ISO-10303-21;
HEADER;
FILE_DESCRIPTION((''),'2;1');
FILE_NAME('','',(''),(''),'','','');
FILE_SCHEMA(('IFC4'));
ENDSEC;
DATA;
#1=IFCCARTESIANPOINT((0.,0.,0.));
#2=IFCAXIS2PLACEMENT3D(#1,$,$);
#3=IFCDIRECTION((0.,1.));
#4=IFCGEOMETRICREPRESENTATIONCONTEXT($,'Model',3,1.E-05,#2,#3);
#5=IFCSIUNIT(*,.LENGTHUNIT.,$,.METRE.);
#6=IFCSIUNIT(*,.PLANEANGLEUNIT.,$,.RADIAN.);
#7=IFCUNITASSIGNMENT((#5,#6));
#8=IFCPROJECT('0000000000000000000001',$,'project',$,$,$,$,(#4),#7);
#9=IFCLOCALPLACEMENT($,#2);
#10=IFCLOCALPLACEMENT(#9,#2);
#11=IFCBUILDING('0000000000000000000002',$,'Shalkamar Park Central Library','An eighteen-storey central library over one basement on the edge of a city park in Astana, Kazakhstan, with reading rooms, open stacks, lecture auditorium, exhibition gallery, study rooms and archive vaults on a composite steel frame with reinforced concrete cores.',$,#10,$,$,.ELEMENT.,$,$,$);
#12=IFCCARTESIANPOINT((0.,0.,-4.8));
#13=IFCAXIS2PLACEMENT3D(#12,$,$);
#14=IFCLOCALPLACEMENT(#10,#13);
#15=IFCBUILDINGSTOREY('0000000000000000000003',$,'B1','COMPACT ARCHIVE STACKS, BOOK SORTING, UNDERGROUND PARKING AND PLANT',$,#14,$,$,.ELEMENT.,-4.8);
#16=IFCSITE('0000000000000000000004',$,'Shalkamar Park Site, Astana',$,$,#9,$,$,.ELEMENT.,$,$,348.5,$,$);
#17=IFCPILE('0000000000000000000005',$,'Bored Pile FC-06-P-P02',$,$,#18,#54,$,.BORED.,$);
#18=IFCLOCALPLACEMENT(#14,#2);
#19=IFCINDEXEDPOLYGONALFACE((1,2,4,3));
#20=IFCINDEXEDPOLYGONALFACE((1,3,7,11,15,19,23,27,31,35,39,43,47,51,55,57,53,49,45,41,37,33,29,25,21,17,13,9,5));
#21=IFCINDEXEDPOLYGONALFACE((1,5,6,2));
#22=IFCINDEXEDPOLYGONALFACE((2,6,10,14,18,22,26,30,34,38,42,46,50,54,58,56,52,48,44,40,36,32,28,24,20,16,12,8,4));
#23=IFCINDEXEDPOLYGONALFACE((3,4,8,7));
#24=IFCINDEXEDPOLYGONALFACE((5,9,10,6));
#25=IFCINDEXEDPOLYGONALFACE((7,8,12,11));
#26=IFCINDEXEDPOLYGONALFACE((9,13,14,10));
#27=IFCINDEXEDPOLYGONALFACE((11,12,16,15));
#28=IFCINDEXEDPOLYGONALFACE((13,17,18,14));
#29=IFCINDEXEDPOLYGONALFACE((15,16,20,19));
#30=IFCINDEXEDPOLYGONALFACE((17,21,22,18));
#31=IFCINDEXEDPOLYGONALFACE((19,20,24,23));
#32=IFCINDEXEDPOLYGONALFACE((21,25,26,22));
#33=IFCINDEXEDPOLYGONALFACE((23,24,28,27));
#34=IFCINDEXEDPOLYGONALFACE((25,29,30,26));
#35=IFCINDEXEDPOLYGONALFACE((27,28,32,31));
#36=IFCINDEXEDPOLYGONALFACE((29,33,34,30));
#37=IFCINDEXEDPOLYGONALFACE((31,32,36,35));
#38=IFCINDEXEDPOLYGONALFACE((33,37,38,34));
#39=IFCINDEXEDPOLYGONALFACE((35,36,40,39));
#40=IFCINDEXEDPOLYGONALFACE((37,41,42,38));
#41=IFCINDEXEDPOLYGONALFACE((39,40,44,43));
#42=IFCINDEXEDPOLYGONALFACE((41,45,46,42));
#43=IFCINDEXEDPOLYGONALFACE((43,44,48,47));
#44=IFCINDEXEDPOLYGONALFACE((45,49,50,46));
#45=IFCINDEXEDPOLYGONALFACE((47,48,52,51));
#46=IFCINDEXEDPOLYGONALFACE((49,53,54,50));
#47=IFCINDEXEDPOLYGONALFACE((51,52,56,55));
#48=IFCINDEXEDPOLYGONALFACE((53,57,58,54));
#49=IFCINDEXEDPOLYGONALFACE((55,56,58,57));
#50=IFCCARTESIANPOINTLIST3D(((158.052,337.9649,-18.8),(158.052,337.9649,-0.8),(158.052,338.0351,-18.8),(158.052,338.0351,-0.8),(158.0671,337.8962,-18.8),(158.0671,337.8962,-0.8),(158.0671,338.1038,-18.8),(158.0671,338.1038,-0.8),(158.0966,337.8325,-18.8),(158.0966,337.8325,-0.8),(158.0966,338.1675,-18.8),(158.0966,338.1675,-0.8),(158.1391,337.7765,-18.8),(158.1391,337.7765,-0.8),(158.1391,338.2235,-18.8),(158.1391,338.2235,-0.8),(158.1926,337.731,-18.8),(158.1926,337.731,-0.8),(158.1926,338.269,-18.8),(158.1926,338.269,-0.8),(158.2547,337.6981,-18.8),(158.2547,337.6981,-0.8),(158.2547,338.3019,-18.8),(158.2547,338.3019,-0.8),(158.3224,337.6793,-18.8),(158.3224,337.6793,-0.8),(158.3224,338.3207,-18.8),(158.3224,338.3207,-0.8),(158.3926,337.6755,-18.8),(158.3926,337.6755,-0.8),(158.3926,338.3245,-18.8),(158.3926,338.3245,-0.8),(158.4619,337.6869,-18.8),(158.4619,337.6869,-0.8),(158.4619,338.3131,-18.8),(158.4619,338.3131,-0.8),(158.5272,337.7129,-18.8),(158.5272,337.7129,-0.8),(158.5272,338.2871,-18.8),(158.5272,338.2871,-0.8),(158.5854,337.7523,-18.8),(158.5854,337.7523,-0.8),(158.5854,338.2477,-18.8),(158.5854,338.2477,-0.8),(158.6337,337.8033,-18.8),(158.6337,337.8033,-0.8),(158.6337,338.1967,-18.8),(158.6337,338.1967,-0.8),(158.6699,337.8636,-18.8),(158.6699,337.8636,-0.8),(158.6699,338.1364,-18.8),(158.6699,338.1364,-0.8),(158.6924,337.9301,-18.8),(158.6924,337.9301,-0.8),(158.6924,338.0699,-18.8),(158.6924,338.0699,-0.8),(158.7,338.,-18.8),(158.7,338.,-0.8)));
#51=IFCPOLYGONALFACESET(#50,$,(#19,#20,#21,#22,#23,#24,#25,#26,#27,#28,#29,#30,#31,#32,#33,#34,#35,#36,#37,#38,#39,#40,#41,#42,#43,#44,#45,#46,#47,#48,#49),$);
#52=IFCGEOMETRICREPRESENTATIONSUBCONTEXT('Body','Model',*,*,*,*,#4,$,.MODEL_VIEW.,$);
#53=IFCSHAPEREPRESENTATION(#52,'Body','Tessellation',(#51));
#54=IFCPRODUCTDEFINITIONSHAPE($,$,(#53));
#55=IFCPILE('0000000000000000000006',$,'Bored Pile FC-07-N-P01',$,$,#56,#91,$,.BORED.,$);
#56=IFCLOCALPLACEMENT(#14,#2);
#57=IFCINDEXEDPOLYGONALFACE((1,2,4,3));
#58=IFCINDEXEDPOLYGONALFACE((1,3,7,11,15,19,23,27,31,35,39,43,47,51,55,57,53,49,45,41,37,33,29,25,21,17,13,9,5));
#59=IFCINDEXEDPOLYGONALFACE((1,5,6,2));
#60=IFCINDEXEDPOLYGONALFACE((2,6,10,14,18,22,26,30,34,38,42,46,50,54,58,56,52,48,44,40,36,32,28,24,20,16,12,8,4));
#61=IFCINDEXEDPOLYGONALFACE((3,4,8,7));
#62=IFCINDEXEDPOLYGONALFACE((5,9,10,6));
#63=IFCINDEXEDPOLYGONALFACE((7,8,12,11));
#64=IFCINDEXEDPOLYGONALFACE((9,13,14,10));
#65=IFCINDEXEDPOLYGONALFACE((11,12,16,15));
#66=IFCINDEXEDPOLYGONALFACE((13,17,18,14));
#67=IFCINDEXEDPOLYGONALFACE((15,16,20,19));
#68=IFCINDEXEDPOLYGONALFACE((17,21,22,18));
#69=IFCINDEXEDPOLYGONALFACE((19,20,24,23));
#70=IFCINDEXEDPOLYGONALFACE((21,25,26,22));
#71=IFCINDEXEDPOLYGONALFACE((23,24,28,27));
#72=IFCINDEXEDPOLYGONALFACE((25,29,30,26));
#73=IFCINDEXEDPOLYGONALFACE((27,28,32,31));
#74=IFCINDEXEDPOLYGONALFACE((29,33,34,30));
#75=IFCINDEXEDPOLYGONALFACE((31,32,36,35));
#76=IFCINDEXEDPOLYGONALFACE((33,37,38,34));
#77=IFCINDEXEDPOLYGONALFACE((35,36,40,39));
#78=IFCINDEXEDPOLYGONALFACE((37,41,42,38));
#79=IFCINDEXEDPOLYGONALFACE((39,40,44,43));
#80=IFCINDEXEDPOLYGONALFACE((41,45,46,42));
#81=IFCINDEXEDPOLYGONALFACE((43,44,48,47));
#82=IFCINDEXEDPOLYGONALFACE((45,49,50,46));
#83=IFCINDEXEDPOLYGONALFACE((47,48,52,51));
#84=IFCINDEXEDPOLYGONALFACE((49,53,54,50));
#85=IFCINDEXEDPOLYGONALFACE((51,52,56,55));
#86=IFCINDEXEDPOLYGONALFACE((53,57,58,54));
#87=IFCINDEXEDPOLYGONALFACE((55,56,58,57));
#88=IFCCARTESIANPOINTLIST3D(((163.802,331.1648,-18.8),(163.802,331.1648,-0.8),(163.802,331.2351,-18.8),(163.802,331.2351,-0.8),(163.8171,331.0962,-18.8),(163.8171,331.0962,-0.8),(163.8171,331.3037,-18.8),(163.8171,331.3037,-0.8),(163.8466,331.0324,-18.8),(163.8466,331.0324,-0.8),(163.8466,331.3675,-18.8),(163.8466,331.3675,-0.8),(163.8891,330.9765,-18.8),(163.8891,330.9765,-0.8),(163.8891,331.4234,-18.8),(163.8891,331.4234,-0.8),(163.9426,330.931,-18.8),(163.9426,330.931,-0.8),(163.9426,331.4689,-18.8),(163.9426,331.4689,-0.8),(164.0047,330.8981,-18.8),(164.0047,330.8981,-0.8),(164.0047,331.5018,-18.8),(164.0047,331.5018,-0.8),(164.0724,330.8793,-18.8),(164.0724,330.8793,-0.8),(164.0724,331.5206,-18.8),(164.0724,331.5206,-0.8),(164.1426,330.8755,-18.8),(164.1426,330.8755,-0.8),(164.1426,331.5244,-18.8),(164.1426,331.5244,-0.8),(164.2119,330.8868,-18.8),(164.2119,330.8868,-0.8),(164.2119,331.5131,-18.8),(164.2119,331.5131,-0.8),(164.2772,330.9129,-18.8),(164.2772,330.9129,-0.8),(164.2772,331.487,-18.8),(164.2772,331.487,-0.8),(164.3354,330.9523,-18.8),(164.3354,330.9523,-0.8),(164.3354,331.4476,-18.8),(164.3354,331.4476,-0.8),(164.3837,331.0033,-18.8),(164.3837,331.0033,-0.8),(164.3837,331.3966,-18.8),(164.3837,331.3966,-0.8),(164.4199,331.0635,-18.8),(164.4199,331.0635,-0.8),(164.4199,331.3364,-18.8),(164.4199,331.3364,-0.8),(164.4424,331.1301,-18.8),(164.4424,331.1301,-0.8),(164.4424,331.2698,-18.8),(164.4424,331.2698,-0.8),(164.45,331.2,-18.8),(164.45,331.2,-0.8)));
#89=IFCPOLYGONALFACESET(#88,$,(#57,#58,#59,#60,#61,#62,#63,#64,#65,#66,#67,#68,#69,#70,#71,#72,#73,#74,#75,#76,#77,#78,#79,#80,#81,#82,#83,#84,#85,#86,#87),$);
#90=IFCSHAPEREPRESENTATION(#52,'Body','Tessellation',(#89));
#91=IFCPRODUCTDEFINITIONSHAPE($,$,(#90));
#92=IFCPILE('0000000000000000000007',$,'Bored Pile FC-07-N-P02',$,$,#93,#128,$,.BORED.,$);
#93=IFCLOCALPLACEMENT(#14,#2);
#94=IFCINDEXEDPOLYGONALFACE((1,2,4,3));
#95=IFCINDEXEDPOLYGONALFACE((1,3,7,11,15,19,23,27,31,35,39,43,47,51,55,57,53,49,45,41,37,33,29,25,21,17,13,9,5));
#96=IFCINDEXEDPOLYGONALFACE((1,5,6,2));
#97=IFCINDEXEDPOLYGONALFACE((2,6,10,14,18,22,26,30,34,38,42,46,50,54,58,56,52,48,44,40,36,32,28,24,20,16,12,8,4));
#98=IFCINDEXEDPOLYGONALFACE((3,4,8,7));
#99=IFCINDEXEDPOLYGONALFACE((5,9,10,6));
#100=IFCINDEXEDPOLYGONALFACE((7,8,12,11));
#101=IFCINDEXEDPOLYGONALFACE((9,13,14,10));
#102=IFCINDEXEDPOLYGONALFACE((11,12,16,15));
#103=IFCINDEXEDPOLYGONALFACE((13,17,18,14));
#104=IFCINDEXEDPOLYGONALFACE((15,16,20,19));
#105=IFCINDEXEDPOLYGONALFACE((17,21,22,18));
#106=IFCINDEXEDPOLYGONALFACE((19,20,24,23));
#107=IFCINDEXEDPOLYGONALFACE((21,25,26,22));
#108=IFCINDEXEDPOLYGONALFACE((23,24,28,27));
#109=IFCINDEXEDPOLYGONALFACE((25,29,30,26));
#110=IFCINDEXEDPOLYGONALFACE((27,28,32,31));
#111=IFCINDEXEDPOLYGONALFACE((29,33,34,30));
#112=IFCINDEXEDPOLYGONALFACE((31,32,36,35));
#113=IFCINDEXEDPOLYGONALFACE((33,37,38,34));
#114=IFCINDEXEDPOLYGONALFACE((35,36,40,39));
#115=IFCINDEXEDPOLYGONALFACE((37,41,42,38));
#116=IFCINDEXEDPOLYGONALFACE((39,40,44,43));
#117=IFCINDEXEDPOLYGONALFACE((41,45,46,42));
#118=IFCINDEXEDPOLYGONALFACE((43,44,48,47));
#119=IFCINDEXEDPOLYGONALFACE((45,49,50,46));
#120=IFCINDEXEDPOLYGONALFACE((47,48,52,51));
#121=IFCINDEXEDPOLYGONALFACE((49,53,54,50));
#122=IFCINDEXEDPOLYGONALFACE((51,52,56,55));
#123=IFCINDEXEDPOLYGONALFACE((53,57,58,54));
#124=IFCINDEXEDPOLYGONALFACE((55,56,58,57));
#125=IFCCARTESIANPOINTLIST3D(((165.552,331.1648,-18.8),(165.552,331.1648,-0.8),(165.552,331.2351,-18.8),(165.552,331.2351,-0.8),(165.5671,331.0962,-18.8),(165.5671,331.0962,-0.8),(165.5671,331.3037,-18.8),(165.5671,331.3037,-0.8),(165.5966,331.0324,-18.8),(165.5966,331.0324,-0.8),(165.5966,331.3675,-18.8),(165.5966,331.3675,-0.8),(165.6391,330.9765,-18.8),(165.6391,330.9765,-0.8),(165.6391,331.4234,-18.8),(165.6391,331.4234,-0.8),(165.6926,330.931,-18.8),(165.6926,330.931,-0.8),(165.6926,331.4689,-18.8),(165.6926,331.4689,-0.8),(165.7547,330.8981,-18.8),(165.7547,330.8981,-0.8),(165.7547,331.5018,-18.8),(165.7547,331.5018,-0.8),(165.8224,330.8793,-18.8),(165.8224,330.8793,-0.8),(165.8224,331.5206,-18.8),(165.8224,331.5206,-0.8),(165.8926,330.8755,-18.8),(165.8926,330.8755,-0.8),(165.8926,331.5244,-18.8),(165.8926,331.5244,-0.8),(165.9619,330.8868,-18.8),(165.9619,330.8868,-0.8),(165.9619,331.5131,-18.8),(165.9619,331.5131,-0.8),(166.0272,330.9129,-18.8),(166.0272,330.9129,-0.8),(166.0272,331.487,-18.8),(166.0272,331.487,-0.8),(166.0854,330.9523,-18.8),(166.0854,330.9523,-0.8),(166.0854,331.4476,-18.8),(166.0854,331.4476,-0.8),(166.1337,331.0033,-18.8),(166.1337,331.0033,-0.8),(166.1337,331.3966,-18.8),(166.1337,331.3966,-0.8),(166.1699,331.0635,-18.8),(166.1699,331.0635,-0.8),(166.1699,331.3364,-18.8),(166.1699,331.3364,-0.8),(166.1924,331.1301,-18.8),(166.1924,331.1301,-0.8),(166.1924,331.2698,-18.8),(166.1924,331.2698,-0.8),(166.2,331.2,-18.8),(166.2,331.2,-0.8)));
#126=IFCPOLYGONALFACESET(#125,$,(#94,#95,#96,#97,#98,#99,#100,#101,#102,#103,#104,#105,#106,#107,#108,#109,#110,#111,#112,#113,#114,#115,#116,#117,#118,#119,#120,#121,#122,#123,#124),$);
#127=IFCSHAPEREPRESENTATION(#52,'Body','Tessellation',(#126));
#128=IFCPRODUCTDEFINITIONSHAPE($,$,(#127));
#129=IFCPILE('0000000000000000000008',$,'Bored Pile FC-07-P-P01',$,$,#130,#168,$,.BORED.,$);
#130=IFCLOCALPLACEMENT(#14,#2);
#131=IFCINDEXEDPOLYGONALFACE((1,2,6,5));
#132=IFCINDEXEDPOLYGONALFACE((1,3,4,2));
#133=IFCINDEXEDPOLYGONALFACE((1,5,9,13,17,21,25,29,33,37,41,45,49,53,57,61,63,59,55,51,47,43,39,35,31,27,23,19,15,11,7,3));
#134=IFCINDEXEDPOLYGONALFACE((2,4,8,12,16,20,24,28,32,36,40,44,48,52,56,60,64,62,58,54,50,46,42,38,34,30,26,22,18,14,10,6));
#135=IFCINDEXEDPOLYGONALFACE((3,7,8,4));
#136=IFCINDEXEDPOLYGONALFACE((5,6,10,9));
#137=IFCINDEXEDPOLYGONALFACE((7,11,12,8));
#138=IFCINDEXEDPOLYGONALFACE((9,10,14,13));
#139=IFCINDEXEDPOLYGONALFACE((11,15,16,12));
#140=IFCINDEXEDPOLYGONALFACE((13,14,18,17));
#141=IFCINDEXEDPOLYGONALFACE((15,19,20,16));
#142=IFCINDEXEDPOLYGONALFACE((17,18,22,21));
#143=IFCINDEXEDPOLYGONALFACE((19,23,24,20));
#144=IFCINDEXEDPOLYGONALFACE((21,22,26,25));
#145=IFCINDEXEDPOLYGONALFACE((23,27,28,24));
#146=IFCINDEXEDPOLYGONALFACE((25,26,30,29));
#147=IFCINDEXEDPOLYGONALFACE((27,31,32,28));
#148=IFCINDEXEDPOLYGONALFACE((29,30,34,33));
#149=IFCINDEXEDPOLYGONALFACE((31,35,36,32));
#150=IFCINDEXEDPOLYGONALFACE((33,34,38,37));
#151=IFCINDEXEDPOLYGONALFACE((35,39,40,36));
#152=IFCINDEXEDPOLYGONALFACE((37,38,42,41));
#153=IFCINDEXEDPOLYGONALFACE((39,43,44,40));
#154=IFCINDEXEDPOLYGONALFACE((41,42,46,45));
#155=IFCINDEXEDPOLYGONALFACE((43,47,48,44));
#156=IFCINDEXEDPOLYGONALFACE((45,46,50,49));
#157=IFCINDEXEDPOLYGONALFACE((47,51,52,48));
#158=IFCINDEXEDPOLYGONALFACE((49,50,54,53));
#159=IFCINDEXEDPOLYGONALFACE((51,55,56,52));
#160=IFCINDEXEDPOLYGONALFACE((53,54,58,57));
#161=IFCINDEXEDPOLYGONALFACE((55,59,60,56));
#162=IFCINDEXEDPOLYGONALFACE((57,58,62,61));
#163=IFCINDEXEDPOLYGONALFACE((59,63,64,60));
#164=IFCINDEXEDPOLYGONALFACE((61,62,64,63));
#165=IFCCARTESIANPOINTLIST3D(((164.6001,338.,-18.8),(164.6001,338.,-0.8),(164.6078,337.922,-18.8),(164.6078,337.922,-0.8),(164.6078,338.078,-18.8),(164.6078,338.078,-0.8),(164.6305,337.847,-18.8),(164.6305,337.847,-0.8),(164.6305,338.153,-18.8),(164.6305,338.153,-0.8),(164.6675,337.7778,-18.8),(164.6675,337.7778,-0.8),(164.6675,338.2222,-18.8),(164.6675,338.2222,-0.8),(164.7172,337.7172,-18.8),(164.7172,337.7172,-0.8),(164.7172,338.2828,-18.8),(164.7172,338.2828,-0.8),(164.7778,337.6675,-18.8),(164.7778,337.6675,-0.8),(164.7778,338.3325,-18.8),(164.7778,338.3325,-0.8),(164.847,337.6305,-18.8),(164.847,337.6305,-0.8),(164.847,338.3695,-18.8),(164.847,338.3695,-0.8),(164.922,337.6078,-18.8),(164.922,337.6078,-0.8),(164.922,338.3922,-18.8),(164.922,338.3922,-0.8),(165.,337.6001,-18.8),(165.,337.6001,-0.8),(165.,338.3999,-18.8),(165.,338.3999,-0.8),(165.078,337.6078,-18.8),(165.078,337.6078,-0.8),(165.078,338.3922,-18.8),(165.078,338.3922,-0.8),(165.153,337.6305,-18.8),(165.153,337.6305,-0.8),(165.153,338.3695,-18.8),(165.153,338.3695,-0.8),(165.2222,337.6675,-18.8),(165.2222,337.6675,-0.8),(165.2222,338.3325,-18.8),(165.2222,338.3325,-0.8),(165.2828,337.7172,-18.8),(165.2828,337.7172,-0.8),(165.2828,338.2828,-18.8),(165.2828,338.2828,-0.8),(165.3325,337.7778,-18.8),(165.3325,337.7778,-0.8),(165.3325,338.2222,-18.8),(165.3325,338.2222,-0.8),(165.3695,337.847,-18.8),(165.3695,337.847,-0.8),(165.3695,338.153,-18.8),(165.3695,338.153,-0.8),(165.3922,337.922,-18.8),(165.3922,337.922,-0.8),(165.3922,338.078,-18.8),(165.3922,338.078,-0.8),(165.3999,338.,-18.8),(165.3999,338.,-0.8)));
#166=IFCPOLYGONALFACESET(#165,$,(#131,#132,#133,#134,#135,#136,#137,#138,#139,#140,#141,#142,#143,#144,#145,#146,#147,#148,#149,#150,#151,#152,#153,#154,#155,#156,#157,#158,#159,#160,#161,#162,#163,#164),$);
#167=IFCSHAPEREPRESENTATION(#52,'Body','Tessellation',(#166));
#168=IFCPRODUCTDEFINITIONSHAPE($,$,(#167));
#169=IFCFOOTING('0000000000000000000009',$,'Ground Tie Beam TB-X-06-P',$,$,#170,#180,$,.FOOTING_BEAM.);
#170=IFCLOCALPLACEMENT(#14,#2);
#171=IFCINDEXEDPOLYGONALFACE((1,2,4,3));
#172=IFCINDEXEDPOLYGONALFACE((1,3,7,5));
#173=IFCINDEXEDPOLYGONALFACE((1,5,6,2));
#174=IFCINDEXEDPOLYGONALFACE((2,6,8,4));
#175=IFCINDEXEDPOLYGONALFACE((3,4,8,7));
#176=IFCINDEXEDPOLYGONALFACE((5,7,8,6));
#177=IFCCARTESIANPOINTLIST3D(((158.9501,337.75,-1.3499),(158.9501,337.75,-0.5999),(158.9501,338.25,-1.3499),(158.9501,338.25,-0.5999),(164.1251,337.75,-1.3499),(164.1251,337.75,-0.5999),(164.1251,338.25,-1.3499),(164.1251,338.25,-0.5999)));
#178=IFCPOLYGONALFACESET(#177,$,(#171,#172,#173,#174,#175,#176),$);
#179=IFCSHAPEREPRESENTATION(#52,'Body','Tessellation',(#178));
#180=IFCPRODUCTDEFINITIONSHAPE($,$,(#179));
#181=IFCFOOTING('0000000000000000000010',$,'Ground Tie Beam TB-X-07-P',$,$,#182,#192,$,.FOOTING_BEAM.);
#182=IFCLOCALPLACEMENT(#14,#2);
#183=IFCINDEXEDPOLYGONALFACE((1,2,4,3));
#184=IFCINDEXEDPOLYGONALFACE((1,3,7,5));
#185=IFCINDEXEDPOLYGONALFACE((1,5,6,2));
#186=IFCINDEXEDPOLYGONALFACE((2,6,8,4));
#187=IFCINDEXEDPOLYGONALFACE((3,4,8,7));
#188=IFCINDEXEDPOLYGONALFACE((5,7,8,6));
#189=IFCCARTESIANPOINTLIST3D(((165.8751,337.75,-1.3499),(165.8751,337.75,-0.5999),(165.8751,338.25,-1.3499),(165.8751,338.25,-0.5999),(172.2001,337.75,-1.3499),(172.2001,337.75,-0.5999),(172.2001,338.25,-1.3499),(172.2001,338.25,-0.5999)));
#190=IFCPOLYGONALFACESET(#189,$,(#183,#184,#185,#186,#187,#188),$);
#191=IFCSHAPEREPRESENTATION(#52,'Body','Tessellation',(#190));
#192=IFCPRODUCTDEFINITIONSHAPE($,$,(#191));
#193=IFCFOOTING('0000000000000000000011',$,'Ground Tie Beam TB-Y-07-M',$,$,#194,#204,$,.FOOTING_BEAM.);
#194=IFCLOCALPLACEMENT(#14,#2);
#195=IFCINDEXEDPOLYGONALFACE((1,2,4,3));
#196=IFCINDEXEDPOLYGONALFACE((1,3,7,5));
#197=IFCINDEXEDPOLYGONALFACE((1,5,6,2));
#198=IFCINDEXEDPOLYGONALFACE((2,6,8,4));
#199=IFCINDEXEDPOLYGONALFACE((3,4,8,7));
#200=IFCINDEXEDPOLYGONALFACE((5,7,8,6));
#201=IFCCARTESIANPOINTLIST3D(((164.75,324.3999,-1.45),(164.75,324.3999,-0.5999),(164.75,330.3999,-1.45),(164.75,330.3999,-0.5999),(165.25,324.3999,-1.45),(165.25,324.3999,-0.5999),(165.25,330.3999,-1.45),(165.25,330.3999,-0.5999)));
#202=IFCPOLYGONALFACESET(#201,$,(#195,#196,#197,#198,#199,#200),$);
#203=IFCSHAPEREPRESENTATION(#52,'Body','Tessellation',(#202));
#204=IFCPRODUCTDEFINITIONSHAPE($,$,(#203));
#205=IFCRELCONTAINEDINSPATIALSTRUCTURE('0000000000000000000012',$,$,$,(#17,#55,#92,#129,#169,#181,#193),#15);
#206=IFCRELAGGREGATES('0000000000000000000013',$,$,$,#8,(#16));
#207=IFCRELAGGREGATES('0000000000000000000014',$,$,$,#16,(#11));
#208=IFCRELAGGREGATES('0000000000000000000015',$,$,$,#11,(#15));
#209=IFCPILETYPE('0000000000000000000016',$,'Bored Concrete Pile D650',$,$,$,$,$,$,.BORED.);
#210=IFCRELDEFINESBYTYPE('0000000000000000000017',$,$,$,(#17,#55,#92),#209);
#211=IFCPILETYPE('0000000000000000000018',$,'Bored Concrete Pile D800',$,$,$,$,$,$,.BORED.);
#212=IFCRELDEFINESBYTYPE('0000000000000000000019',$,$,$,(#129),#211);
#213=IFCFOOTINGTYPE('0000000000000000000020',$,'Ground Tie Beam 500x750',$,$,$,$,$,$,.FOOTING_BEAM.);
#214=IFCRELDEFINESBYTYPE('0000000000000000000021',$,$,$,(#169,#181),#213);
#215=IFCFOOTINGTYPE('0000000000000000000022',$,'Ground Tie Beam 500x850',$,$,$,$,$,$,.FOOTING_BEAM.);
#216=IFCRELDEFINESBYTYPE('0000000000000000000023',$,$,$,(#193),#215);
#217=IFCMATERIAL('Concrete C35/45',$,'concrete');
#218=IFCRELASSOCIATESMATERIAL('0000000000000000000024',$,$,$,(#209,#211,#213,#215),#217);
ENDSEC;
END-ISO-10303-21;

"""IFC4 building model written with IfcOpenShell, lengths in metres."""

from ifc_helpers import new_model, si_unit, direction, frame, origin, origin_2d, place, context, subcontext, project, spatial, rectangle, circle, extrude, material, material_profile, profile_set, type_object, element, save


model = new_model("IFC4")

# Units and contexts
model_context = context("Model", 3, precision=1e-05, world=origin(), true_north=direction((0.0, 1.0)))
body_context = subcontext(model_context, "Body", "Model", "MODEL_VIEW")
ifc_project = project(units=[si_unit("LENGTHUNIT", "METRE"), si_unit("PLANEANGLEUNIT", "RADIAN")], contexts=[model_context])

# Site, building, storey
site_placement = place(None, origin())
site = spatial("IfcSite", under=ifc_project, at=site_placement, Name="Shalkamar Park Site, Astana", CompositionType="ELEMENT", RefElevation=348.5)
building_placement = place(site_placement, origin())
building = spatial("IfcBuilding", under=site, at=building_placement, Name="Shalkamar Park Central Library", Description="An eighteen-storey central library over one basement on the edge of a city park in Astana, Kazakhstan, with reading rooms, open stacks, lecture auditorium, exhibition gallery, study rooms and archive vaults on a composite steel frame with reinforced concrete cores.", CompositionType="ELEMENT")
storey_placement = place(building_placement, frame((0.0, 0.0, -4.8)))
storey = spatial("IfcBuildingStorey", under=building, at=storey_placement, Name="B1", Description="COMPACT ARCHIVE STACKS, BOOK SORTING, UNDERGROUND PARKING AND PLANT", CompositionType="ELEMENT", Elevation=-4.8)

# Piles
ifc_material_1 = material(Name="Concrete C35/45", Category="concrete")
ifc_material_profile_1 = material_profile(ifc_material_1, circle(Radius=0.325, at=origin_2d()), Name="PILE D650")
ifc_profile_set_1 = profile_set([ifc_material_profile_1], Name="Concrete C35/45")
pile_type_1 = type_object("IfcPileType", Name="Bored Concrete Pile D650", PredefinedType="BORED", material=ifc_profile_set_1)
for number, where, z_axis, x_axis, name in (
    (1, (158.375, 338.0, -0.8), (0.0, 0.0, -1.0), (1.0, 0.0, 0.0), "Bored Pile FC-06-P-P02"),
    (2, (164.125, 331.2, -0.8), (0.0, 0.0, -1.0), (1.0, 0.0, 0.0), "Bored Pile FC-07-N-P01"),
    (3, (165.875, 331.2, -0.8), (0.0, 0.0, -1.0), (1.0, 0.0, 0.0), "Bored Pile FC-07-N-P02"),
):
    element("IfcPile", number, at=place(storey_placement, frame(where, z_axis=z_axis, x_axis=x_axis)), inside=storey, type_object=pile_type_1, Name=name, PredefinedType="BORED", context=body_context, shape_type="SweptSolid", body=[
        extrude(circle(Radius=0.325, at=origin_2d()), origin(), (0.0, 0.0, 1.0), 18.0),
    ])
ifc_material_profile_2 = material_profile(ifc_material_1, circle(Radius=0.3999, at=origin_2d()), Name="PILE D800")
ifc_profile_set_2 = profile_set([ifc_material_profile_2], Name="Concrete C35/45")
pile_type_2 = type_object("IfcPileType", Name="Bored Concrete Pile D800", PredefinedType="BORED", material=ifc_profile_set_2)
pile_placement = place(storey_placement, frame((165.0, 338.0, -0.8), z_axis=(0.0, 0.0, -1.0), x_axis=(1.0, 0.0, 0.0)))
element("IfcPile", 4, at=pile_placement, inside=storey, type_object=pile_type_2, Name="Bored Pile FC-07-P-P01", PredefinedType="BORED", context=body_context, shape_type="SweptSolid", body=[
    extrude(circle(Radius=0.3999, at=origin_2d()), origin(), (0.0, 0.0, 1.0), 18.0),
])

# Footings
footing_type_1 = type_object("IfcFootingType", Name="Ground Tie Beam 500x750", PredefinedType="FOOTING_BEAM", material=ifc_material_1)
footing_1_placement = place(storey_placement, frame((161.5376, 338.0, -1.3499), z_axis=(0.0, 0.0, 1.0), x_axis=(1.0, 0.0, 0.0)))
element("IfcFooting", 5, at=footing_1_placement, inside=storey, type_object=footing_type_1, Name="Ground Tie Beam TB-X-06-P", PredefinedType="FOOTING_BEAM", context=body_context, shape_type="SweptSolid", body=[
    extrude(rectangle(XDim=5.175, YDim=0.5, at=origin_2d()), origin(), (0.0, 0.0, 1.0), 0.75),
])
footing_2_placement = place(storey_placement, frame((169.0376, 338.0, -1.3499), z_axis=(0.0, 0.0, 1.0), x_axis=(1.0, 0.0, 0.0)))
element("IfcFooting", 6, at=footing_2_placement, inside=storey, type_object=footing_type_1, Name="Ground Tie Beam TB-X-07-P", PredefinedType="FOOTING_BEAM", context=body_context, shape_type="SweptSolid", body=[
    extrude(rectangle(XDim=6.325, YDim=0.5, at=origin_2d()), origin(), (0.0, 0.0, 1.0), 0.75),
])
footing_type_2 = type_object("IfcFootingType", Name="Ground Tie Beam 500x850", PredefinedType="FOOTING_BEAM", material=ifc_material_1)
footing_3_placement = place(storey_placement, frame((165.0, 327.3999, -1.45), z_axis=(0.0, 0.0, 1.0), x_axis=(0.0, 1.0, 0.0)))
element("IfcFooting", 7, at=footing_3_placement, inside=storey, type_object=footing_type_2, Name="Ground Tie Beam TB-Y-07-M", PredefinedType="FOOTING_BEAM", context=body_context, shape_type="SweptSolid", body=[
    extrude(rectangle(XDim=6.0, YDim=0.5, at=origin_2d()), origin(), (0.0, 0.0, 1.0), 0.8501),
])

save(model, "model.ifc")
